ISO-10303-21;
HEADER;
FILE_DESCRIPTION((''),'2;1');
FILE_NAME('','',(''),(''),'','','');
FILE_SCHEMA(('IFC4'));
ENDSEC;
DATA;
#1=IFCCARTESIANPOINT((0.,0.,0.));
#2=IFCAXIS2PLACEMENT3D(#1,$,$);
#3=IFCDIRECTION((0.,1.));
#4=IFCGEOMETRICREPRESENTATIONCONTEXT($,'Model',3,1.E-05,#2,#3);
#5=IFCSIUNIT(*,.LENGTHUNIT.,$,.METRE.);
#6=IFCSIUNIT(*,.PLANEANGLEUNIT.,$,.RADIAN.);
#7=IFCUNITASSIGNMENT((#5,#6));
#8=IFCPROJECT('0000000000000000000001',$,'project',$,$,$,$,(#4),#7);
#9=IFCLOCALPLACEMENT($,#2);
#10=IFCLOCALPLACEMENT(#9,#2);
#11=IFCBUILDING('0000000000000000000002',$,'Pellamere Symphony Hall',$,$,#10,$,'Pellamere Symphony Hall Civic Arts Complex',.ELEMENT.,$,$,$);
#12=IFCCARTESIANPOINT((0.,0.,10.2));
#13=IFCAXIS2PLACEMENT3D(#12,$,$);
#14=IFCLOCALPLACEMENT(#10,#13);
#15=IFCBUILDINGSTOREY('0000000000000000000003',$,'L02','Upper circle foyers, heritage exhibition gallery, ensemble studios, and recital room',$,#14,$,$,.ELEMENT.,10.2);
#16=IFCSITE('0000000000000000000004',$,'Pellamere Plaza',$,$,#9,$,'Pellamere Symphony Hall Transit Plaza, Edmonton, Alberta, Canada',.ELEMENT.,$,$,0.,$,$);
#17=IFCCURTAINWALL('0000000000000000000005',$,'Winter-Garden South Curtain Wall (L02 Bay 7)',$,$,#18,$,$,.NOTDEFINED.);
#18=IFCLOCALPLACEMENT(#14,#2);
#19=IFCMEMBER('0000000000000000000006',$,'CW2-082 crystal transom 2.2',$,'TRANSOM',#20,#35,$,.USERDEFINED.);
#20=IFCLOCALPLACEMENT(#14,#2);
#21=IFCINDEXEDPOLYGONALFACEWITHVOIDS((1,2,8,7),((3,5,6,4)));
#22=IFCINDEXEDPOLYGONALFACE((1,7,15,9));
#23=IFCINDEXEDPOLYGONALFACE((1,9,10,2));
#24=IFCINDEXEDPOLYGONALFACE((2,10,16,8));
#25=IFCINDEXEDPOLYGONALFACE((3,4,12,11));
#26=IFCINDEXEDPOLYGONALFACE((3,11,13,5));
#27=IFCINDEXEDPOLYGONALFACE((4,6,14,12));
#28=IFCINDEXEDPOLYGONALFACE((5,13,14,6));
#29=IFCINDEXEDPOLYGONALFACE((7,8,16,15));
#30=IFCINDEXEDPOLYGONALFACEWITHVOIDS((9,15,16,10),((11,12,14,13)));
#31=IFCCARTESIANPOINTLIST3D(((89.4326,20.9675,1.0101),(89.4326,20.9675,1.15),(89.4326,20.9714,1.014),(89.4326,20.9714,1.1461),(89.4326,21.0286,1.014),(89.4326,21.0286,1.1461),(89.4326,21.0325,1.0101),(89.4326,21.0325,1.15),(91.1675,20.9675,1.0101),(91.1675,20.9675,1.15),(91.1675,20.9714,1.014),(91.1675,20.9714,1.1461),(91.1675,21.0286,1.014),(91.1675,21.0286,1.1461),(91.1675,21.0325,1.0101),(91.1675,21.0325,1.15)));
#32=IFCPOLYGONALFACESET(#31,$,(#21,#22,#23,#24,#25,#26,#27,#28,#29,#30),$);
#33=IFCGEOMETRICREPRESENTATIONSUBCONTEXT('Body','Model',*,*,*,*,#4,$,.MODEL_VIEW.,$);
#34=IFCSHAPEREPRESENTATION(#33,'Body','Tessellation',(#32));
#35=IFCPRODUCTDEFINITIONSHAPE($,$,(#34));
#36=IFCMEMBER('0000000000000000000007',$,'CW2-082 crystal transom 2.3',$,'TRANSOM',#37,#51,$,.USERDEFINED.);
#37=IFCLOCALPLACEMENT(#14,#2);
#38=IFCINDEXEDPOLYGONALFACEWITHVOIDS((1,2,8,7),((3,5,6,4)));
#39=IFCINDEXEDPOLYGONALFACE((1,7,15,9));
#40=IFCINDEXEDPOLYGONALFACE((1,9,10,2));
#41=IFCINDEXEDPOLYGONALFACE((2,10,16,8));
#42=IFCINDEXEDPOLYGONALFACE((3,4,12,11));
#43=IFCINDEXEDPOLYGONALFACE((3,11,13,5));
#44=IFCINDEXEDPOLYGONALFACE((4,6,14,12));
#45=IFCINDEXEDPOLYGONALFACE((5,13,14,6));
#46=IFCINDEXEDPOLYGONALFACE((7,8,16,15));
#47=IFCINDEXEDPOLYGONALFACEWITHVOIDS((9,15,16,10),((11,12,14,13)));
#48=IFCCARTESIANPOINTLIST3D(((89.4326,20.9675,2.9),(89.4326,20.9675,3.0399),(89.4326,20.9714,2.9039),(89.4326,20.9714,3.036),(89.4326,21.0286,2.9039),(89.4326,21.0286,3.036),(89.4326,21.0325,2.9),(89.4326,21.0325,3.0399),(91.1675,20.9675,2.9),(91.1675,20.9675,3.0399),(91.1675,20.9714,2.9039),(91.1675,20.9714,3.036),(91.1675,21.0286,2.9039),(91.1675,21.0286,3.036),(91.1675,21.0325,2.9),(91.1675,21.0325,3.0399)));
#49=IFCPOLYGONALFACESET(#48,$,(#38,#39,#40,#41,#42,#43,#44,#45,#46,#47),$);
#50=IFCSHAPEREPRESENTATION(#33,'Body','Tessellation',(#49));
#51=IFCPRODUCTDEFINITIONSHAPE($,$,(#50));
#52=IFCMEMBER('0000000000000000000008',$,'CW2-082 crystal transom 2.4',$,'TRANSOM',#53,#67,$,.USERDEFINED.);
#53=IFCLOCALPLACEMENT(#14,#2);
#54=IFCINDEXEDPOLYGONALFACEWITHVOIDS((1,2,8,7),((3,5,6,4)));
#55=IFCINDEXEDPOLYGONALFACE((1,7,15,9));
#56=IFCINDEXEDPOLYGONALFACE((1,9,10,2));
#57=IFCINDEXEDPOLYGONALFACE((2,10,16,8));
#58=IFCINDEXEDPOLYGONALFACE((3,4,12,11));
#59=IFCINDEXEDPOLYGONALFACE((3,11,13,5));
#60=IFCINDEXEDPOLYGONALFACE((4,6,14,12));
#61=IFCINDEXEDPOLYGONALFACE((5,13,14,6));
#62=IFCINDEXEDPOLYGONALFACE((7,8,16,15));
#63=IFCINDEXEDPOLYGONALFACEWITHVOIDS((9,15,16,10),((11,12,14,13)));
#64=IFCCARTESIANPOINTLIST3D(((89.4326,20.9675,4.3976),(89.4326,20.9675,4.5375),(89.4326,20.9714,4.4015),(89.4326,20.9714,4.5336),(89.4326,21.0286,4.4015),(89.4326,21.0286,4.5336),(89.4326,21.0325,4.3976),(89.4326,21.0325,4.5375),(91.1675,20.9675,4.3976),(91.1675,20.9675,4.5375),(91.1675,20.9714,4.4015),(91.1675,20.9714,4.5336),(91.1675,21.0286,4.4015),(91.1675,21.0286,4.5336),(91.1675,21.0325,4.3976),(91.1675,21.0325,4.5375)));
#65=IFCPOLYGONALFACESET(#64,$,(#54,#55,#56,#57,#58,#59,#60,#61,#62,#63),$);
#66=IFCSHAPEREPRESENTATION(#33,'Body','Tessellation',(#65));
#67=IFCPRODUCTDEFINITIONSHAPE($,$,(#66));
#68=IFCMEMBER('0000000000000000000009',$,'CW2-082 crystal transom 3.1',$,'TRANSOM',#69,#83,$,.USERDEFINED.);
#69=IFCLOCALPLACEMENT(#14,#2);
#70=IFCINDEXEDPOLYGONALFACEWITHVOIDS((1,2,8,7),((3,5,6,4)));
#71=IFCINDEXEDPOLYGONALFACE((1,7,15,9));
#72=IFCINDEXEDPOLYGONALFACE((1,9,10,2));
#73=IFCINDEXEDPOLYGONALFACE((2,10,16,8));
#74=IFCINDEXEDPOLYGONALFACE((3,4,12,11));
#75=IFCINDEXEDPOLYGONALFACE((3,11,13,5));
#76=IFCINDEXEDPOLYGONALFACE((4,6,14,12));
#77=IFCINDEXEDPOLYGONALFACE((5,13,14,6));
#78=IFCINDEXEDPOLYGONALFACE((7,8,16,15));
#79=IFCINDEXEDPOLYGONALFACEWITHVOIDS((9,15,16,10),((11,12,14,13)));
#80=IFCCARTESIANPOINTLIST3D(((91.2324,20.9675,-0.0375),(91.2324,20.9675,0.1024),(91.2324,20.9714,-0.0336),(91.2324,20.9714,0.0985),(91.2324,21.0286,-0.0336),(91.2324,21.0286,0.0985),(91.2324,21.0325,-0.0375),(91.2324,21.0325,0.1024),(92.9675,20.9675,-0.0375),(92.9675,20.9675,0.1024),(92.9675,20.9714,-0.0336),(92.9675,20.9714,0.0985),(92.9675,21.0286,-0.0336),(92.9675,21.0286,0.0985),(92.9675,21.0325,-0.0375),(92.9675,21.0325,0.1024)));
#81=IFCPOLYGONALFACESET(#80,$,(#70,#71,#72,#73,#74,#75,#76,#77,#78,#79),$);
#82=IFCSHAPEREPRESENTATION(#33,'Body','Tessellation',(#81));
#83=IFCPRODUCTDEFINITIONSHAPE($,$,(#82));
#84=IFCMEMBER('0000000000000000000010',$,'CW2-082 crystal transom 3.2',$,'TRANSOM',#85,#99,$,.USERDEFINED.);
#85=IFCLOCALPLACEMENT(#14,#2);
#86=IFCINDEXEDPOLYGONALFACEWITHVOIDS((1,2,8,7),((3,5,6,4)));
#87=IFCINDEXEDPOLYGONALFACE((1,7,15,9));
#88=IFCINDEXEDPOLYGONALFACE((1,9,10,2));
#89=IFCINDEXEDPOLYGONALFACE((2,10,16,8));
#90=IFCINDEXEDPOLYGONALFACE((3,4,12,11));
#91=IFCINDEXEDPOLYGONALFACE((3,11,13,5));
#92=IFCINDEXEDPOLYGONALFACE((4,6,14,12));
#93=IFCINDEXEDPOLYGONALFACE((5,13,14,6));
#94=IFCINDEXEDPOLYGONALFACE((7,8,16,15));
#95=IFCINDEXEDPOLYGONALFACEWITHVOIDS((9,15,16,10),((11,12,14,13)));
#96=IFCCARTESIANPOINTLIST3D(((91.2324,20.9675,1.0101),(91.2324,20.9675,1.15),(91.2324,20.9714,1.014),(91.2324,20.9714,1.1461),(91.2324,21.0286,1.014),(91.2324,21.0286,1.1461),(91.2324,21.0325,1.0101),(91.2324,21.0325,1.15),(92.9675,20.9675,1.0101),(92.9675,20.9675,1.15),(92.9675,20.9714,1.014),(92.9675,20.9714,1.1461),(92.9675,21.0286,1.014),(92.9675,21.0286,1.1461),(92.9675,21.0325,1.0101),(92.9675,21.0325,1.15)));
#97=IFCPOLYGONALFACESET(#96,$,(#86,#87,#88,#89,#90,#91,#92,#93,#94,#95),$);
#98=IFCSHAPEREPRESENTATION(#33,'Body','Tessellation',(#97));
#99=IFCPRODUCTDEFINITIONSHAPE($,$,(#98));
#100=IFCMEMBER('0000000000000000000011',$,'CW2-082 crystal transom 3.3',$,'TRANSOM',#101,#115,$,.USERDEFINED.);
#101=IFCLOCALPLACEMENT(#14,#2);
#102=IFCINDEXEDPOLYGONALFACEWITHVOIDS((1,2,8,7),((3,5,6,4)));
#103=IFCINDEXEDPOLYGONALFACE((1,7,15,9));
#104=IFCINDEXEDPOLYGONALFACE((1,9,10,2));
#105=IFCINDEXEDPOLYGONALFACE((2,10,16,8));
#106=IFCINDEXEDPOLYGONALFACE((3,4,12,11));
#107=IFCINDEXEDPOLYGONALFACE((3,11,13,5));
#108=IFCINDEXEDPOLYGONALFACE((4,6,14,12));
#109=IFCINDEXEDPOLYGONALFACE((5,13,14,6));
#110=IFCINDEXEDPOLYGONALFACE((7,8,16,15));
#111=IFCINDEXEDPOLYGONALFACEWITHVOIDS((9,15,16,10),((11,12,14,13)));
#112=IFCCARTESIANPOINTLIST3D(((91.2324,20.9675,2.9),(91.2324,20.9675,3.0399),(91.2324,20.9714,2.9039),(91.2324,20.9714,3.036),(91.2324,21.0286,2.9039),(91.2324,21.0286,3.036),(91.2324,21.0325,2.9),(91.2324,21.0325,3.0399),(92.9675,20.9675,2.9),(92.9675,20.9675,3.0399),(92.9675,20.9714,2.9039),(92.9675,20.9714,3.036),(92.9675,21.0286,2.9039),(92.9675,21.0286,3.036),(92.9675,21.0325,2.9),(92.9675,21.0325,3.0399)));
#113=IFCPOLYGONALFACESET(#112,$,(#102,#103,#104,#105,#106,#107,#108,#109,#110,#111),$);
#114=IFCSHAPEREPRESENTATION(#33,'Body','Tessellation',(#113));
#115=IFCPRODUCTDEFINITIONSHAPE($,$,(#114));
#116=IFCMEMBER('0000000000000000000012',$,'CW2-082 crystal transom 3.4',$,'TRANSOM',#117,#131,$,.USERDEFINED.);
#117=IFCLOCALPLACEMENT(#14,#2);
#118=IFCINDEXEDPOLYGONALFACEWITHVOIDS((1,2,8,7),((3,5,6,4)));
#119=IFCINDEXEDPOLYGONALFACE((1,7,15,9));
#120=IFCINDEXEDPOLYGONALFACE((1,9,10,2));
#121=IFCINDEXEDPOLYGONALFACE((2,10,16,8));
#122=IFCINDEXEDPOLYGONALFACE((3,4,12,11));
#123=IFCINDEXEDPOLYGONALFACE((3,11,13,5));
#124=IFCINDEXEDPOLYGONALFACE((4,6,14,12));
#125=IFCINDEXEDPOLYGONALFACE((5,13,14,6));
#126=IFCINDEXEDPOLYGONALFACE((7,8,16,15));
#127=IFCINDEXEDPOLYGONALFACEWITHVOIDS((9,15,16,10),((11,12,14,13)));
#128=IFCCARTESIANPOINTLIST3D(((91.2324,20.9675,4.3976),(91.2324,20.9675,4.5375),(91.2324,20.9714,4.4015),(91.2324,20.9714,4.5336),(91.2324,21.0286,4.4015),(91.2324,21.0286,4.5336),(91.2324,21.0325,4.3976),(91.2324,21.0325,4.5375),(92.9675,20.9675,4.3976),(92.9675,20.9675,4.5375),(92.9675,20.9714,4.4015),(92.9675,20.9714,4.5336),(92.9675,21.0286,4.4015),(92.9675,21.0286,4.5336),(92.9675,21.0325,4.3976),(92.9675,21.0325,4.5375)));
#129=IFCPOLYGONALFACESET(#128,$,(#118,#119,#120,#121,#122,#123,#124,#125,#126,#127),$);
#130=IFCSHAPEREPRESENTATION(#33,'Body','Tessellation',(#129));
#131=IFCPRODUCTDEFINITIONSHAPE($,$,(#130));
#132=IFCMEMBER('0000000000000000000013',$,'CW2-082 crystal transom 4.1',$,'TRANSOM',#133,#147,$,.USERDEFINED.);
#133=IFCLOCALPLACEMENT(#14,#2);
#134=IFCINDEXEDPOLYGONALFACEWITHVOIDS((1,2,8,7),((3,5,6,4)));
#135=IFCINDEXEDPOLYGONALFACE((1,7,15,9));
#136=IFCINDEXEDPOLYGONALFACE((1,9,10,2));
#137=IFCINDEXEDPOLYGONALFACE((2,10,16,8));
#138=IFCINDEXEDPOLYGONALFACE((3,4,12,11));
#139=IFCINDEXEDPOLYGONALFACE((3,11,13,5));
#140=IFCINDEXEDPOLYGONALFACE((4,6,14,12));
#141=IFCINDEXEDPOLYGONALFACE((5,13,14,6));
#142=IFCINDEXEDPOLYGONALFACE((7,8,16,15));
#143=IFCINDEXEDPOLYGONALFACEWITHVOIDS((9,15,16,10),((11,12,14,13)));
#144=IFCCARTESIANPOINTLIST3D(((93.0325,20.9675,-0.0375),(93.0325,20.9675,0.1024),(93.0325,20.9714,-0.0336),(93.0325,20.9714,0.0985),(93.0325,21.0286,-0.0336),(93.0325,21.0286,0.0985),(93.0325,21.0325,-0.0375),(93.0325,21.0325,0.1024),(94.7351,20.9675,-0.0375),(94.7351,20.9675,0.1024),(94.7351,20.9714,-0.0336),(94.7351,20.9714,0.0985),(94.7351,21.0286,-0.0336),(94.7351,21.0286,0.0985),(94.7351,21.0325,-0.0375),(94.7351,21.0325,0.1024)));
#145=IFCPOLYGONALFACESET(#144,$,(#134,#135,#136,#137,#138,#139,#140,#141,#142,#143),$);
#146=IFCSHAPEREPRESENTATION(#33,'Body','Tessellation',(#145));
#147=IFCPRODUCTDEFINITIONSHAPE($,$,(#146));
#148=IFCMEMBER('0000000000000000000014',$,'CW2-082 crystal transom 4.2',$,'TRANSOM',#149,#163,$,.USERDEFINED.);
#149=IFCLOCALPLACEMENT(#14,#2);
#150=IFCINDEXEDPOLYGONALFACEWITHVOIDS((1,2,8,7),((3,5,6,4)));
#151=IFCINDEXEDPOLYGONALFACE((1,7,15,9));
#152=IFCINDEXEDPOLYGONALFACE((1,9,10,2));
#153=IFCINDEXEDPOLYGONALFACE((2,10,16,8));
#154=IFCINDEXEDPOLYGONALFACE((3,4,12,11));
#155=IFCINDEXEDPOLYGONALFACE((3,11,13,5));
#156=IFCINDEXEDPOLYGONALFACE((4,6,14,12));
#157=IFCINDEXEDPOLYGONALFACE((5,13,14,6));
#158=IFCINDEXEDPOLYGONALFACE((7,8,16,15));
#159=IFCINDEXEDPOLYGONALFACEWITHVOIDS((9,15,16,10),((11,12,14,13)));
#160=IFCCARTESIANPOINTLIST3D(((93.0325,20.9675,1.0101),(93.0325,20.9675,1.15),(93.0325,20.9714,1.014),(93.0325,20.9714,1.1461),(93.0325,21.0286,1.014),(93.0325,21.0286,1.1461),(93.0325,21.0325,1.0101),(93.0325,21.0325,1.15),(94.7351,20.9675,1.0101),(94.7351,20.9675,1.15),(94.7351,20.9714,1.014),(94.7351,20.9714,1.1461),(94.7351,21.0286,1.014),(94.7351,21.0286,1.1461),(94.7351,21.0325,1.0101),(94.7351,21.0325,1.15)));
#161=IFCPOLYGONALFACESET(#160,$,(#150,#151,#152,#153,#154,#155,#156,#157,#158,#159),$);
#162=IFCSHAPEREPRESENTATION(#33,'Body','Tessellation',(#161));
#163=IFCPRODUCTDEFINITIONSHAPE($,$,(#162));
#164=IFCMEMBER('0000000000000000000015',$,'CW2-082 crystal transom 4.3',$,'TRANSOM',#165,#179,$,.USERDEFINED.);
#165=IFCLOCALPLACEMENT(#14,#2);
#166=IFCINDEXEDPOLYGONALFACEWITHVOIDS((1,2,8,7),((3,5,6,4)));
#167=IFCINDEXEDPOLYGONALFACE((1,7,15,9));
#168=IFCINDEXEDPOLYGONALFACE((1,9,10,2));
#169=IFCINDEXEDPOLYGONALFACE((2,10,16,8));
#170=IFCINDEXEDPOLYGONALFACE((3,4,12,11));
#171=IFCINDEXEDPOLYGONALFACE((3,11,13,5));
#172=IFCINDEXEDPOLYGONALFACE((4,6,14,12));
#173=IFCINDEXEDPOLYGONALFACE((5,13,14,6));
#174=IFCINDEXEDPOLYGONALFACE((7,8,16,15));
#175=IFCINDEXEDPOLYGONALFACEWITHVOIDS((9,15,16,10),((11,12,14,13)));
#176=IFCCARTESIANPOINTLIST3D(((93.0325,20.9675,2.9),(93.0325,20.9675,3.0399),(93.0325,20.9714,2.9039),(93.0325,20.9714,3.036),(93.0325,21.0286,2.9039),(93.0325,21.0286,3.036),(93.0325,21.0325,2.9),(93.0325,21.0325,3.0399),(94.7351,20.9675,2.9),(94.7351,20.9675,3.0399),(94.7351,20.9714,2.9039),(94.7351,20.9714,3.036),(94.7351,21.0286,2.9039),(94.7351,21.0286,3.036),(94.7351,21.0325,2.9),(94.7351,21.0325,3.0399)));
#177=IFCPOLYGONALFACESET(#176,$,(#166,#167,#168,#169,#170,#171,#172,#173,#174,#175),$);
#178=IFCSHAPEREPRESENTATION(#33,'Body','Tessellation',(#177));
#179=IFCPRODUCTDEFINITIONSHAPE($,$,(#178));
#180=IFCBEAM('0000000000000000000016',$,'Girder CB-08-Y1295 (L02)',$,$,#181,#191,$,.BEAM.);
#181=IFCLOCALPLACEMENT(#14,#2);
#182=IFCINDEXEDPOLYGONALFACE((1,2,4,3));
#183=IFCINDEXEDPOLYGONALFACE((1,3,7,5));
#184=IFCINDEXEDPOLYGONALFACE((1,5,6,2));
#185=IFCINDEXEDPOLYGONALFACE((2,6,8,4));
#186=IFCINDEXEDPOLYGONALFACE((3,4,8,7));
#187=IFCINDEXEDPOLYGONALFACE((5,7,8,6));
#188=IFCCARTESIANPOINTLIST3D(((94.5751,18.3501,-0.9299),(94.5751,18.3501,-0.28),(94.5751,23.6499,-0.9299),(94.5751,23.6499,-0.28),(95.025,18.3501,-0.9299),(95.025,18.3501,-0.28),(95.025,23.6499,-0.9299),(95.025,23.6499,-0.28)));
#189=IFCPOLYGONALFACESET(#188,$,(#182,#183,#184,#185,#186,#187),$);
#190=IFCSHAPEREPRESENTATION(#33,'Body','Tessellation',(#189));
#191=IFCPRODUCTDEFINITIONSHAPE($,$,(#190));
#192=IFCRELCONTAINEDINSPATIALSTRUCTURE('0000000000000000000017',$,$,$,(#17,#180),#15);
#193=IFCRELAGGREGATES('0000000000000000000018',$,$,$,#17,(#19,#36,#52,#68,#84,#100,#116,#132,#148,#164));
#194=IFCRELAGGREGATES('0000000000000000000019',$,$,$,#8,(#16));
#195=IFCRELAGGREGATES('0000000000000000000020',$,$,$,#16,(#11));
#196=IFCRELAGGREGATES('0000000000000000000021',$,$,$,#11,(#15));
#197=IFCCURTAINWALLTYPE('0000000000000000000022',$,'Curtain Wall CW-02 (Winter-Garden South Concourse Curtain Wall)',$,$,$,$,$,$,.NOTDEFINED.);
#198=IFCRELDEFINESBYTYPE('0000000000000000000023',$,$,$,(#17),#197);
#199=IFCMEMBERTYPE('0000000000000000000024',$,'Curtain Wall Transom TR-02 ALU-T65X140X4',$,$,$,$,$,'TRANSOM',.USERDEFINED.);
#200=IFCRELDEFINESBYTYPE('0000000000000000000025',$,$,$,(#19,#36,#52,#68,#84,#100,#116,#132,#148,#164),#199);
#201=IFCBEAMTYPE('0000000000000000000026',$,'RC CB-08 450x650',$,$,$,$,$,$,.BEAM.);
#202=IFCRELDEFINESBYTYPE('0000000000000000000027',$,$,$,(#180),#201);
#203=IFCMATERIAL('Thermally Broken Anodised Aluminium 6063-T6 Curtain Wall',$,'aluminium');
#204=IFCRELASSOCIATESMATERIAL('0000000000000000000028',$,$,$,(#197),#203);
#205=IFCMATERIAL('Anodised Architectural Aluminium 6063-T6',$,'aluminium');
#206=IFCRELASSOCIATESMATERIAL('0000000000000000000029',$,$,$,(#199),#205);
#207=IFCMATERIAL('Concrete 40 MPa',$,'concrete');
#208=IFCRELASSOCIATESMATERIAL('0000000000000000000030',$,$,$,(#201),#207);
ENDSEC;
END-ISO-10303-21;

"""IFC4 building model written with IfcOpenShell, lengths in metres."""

from ifc_helpers import new_model, si_unit, direction, frame, origin, origin_2d, place, context, subcontext, project, spatial, rectangle, hollow_rectangle, extrude, material, material_profile, profile_set, type_object, element, aggregate, save


model = new_model("IFC4")

# Units and contexts
model_context = context("Model", 3, precision=1e-05, world=origin(), true_north=direction((0.0, 1.0)))
body_context = subcontext(model_context, "Body", "Model", "MODEL_VIEW")
ifc_project = project(units=[si_unit("LENGTHUNIT", "METRE"), si_unit("PLANEANGLEUNIT", "RADIAN")], contexts=[model_context])

# Site, building, storey
site_placement = place(None, origin())
site = spatial("IfcSite", under=ifc_project, at=site_placement, Name="Pellamere Plaza", LongName="Pellamere Symphony Hall Transit Plaza, Edmonton, Alberta, Canada", CompositionType="ELEMENT", RefElevation=0.0)
building_placement = place(site_placement, origin())
building = spatial("IfcBuilding", under=site, at=building_placement, Name="Pellamere Symphony Hall", LongName="Pellamere Symphony Hall Civic Arts Complex", CompositionType="ELEMENT")
storey_placement = place(building_placement, frame((0.0, 0.0, 10.2)))
storey = spatial("IfcBuildingStorey", under=building, at=storey_placement, Name="L02", Description="Upper circle foyers, heritage exhibition gallery, ensemble studios, and recital room", CompositionType="ELEMENT", Elevation=10.2)

# Shared definitions
ifc_material_1 = material(Name="Thermally Broken Anodised Aluminium 6063-T6 Curtain Wall", Category="aluminium")
curtain_wall_type = type_object("IfcCurtainWallType", Name="Curtain Wall CW-02 (Winter-Garden South Concourse Curtain Wall)", PredefinedType="NOTDEFINED", material=ifc_material_1)
ifc_material_2 = material(Name="Anodised Architectural Aluminium 6063-T6", Category="aluminium")

# Curtain wall
curtain_wall_1_placement = place(storey_placement, origin())
curtain_wall_1 = element("IfcCurtainWall", 1, at=curtain_wall_1_placement, inside=storey, type_object=curtain_wall_type, Name="Winter-Garden South Curtain Wall (L02 Bay 7)", PredefinedType="NOTDEFINED")

# Members
ifc_material_profile_1 = material_profile(ifc_material_2, hollow_rectangle(XDim=0.0649, YDim=0.1399, WallThickness=0.0039, at=origin_2d()), Name="ALU-T65X140X4")
ifc_profile_set_1 = profile_set([ifc_material_profile_1], Name="Anodised Architectural Aluminium 6063-T6")
member_type_1 = type_object("IfcMemberType", Name="Curtain Wall Transom TR-02 ALU-T65X140X4", ElementType="TRANSOM", PredefinedType="USERDEFINED", material=ifc_profile_set_1)
member_1_placement = place(storey_placement, frame((89.4326, 21.0, 1.0801), z_axis=(1.0, 0.0, 0.0), x_axis=(0.0, 1.0, 0.0)))
member_1 = element("IfcMember", 2, at=member_1_placement, type_object=member_type_1, Name="CW2-082 crystal transom 2.2", ObjectType="TRANSOM", PredefinedType="USERDEFINED", context=body_context, shape_type="SweptSolid", body=[
    extrude(hollow_rectangle(XDim=0.0649, YDim=0.1399, WallThickness=0.0039, at=origin_2d()), origin(), (0.0, 0.0, 1.0), 1.7349),
])
member_2_placement = place(storey_placement, frame((89.4326, 21.0, 2.97), z_axis=(1.0, 0.0, 0.0), x_axis=(0.0, 1.0, 0.0)))
member_2 = element("IfcMember", 3, at=member_2_placement, type_object=member_type_1, Name="CW2-082 crystal transom 2.3", ObjectType="TRANSOM", PredefinedType="USERDEFINED", context=body_context, shape_type="SweptSolid", body=[
    extrude(hollow_rectangle(XDim=0.0649, YDim=0.1399, WallThickness=0.0039, at=origin_2d()), origin(), (0.0, 0.0, 1.0), 1.7349),
])
member_3_placement = place(storey_placement, frame((89.4326, 21.0, 4.4675), z_axis=(1.0, 0.0, 0.0), x_axis=(0.0, 1.0, 0.0)))
member_3 = element("IfcMember", 4, at=member_3_placement, type_object=member_type_1, Name="CW2-082 crystal transom 2.4", ObjectType="TRANSOM", PredefinedType="USERDEFINED", context=body_context, shape_type="SweptSolid", body=[
    extrude(hollow_rectangle(XDim=0.0649, YDim=0.1399, WallThickness=0.0039, at=origin_2d()), origin(), (0.0, 0.0, 1.0), 1.7349),
])
member_4_placement = place(storey_placement, frame((91.2324, 21.0, 0.0325), z_axis=(1.0, 0.0, 0.0), x_axis=(0.0, 1.0, 0.0)))
member_4 = element("IfcMember", 5, at=member_4_placement, type_object=member_type_1, Name="CW2-082 crystal transom 3.1", ObjectType="TRANSOM", PredefinedType="USERDEFINED", context=body_context, shape_type="SweptSolid", body=[
    extrude(hollow_rectangle(XDim=0.0649, YDim=0.1399, WallThickness=0.0039, at=origin_2d()), origin(), (0.0, 0.0, 1.0), 1.7351),
])
member_5_placement = place(storey_placement, frame((91.2324, 21.0, 1.0801), z_axis=(1.0, 0.0, 0.0), x_axis=(0.0, 1.0, 0.0)))
member_5 = element("IfcMember", 6, at=member_5_placement, type_object=member_type_1, Name="CW2-082 crystal transom 3.2", ObjectType="TRANSOM", PredefinedType="USERDEFINED", context=body_context, shape_type="SweptSolid", body=[
    extrude(hollow_rectangle(XDim=0.0649, YDim=0.1399, WallThickness=0.0039, at=origin_2d()), origin(), (0.0, 0.0, 1.0), 1.7351),
])
member_6_placement = place(storey_placement, frame((91.2324, 21.0, 2.97), z_axis=(1.0, 0.0, 0.0), x_axis=(0.0, 1.0, 0.0)))
member_6 = element("IfcMember", 7, at=member_6_placement, type_object=member_type_1, Name="CW2-082 crystal transom 3.3", ObjectType="TRANSOM", PredefinedType="USERDEFINED", context=body_context, shape_type="SweptSolid", body=[
    extrude(hollow_rectangle(XDim=0.0649, YDim=0.1399, WallThickness=0.0039, at=origin_2d()), origin(), (0.0, 0.0, 1.0), 1.7351),
])
member_7_placement = place(storey_placement, frame((91.2324, 21.0, 4.4675), z_axis=(1.0, 0.0, 0.0), x_axis=(0.0, 1.0, 0.0)))
member_7 = element("IfcMember", 8, at=member_7_placement, type_object=member_type_1, Name="CW2-082 crystal transom 3.4", ObjectType="TRANSOM", PredefinedType="USERDEFINED", context=body_context, shape_type="SweptSolid", body=[
    extrude(hollow_rectangle(XDim=0.0649, YDim=0.1399, WallThickness=0.0039, at=origin_2d()), origin(), (0.0, 0.0, 1.0), 1.7351),
])
member_8_placement = place(storey_placement, frame((93.0325, 21.0, 0.0325), z_axis=(1.0, 0.0, 0.0), x_axis=(0.0, 1.0, 0.0)))
member_8 = element("IfcMember", 9, at=member_8_placement, type_object=member_type_1, Name="CW2-082 crystal transom 4.1", ObjectType="TRANSOM", PredefinedType="USERDEFINED", context=body_context, shape_type="SweptSolid", body=[
    extrude(hollow_rectangle(XDim=0.0649, YDim=0.1399, WallThickness=0.0039, at=origin_2d()), origin(), (0.0, 0.0, 1.0), 1.7026),
])
member_9_placement = place(storey_placement, frame((93.0325, 21.0, 1.0801), z_axis=(1.0, 0.0, 0.0), x_axis=(0.0, 1.0, 0.0)))
member_9 = element("IfcMember", 10, at=member_9_placement, type_object=member_type_1, Name="CW2-082 crystal transom 4.2", ObjectType="TRANSOM", PredefinedType="USERDEFINED", context=body_context, shape_type="SweptSolid", body=[
    extrude(hollow_rectangle(XDim=0.0649, YDim=0.1399, WallThickness=0.0039, at=origin_2d()), origin(), (0.0, 0.0, 1.0), 1.7026),
])
member_10_placement = place(storey_placement, frame((93.0325, 21.0, 2.97), z_axis=(1.0, 0.0, 0.0), x_axis=(0.0, 1.0, 0.0)))
member_10 = element("IfcMember", 11, at=member_10_placement, type_object=member_type_1, Name="CW2-082 crystal transom 4.3", ObjectType="TRANSOM", PredefinedType="USERDEFINED", context=body_context, shape_type="SweptSolid", body=[
    extrude(hollow_rectangle(XDim=0.0649, YDim=0.1399, WallThickness=0.0039, at=origin_2d()), origin(), (0.0, 0.0, 1.0), 1.7026),
])

# Beam
ifc_material_3 = material(Name="Concrete 40 MPa", Category="concrete")
ifc_material_profile_2 = material_profile(ifc_material_3, rectangle(XDim=0.45, YDim=0.6499, at=origin_2d()), Name="RC 450x650")
ifc_profile_set_2 = profile_set([ifc_material_profile_2], Name="Concrete 40 MPa")
beam_type_1 = type_object("IfcBeamType", Name="RC CB-08 450x650", PredefinedType="BEAM", material=ifc_profile_set_2)
beam_1_placement = place(storey_placement, frame((94.8, 18.3501, -0.605), z_axis=(0.0, 1.0, 0.0), x_axis=(-1.0, 0.0, 0.0)))
element("IfcBeam", 12, at=beam_1_placement, inside=storey, type_object=beam_type_1, Name="Girder CB-08-Y1295 (L02)", PredefinedType="BEAM", context=body_context, shape_type="SweptSolid", body=[
    extrude(rectangle(XDim=0.45, YDim=0.6499, at=origin_2d()), origin(), (0.0, 0.0, 1.0), 5.2998),
])

aggregate(curtain_wall_1, [member_1, member_2, member_3, member_4, member_5, member_6, member_7, member_8, member_9, member_10])

save(model, "model.ifc")
